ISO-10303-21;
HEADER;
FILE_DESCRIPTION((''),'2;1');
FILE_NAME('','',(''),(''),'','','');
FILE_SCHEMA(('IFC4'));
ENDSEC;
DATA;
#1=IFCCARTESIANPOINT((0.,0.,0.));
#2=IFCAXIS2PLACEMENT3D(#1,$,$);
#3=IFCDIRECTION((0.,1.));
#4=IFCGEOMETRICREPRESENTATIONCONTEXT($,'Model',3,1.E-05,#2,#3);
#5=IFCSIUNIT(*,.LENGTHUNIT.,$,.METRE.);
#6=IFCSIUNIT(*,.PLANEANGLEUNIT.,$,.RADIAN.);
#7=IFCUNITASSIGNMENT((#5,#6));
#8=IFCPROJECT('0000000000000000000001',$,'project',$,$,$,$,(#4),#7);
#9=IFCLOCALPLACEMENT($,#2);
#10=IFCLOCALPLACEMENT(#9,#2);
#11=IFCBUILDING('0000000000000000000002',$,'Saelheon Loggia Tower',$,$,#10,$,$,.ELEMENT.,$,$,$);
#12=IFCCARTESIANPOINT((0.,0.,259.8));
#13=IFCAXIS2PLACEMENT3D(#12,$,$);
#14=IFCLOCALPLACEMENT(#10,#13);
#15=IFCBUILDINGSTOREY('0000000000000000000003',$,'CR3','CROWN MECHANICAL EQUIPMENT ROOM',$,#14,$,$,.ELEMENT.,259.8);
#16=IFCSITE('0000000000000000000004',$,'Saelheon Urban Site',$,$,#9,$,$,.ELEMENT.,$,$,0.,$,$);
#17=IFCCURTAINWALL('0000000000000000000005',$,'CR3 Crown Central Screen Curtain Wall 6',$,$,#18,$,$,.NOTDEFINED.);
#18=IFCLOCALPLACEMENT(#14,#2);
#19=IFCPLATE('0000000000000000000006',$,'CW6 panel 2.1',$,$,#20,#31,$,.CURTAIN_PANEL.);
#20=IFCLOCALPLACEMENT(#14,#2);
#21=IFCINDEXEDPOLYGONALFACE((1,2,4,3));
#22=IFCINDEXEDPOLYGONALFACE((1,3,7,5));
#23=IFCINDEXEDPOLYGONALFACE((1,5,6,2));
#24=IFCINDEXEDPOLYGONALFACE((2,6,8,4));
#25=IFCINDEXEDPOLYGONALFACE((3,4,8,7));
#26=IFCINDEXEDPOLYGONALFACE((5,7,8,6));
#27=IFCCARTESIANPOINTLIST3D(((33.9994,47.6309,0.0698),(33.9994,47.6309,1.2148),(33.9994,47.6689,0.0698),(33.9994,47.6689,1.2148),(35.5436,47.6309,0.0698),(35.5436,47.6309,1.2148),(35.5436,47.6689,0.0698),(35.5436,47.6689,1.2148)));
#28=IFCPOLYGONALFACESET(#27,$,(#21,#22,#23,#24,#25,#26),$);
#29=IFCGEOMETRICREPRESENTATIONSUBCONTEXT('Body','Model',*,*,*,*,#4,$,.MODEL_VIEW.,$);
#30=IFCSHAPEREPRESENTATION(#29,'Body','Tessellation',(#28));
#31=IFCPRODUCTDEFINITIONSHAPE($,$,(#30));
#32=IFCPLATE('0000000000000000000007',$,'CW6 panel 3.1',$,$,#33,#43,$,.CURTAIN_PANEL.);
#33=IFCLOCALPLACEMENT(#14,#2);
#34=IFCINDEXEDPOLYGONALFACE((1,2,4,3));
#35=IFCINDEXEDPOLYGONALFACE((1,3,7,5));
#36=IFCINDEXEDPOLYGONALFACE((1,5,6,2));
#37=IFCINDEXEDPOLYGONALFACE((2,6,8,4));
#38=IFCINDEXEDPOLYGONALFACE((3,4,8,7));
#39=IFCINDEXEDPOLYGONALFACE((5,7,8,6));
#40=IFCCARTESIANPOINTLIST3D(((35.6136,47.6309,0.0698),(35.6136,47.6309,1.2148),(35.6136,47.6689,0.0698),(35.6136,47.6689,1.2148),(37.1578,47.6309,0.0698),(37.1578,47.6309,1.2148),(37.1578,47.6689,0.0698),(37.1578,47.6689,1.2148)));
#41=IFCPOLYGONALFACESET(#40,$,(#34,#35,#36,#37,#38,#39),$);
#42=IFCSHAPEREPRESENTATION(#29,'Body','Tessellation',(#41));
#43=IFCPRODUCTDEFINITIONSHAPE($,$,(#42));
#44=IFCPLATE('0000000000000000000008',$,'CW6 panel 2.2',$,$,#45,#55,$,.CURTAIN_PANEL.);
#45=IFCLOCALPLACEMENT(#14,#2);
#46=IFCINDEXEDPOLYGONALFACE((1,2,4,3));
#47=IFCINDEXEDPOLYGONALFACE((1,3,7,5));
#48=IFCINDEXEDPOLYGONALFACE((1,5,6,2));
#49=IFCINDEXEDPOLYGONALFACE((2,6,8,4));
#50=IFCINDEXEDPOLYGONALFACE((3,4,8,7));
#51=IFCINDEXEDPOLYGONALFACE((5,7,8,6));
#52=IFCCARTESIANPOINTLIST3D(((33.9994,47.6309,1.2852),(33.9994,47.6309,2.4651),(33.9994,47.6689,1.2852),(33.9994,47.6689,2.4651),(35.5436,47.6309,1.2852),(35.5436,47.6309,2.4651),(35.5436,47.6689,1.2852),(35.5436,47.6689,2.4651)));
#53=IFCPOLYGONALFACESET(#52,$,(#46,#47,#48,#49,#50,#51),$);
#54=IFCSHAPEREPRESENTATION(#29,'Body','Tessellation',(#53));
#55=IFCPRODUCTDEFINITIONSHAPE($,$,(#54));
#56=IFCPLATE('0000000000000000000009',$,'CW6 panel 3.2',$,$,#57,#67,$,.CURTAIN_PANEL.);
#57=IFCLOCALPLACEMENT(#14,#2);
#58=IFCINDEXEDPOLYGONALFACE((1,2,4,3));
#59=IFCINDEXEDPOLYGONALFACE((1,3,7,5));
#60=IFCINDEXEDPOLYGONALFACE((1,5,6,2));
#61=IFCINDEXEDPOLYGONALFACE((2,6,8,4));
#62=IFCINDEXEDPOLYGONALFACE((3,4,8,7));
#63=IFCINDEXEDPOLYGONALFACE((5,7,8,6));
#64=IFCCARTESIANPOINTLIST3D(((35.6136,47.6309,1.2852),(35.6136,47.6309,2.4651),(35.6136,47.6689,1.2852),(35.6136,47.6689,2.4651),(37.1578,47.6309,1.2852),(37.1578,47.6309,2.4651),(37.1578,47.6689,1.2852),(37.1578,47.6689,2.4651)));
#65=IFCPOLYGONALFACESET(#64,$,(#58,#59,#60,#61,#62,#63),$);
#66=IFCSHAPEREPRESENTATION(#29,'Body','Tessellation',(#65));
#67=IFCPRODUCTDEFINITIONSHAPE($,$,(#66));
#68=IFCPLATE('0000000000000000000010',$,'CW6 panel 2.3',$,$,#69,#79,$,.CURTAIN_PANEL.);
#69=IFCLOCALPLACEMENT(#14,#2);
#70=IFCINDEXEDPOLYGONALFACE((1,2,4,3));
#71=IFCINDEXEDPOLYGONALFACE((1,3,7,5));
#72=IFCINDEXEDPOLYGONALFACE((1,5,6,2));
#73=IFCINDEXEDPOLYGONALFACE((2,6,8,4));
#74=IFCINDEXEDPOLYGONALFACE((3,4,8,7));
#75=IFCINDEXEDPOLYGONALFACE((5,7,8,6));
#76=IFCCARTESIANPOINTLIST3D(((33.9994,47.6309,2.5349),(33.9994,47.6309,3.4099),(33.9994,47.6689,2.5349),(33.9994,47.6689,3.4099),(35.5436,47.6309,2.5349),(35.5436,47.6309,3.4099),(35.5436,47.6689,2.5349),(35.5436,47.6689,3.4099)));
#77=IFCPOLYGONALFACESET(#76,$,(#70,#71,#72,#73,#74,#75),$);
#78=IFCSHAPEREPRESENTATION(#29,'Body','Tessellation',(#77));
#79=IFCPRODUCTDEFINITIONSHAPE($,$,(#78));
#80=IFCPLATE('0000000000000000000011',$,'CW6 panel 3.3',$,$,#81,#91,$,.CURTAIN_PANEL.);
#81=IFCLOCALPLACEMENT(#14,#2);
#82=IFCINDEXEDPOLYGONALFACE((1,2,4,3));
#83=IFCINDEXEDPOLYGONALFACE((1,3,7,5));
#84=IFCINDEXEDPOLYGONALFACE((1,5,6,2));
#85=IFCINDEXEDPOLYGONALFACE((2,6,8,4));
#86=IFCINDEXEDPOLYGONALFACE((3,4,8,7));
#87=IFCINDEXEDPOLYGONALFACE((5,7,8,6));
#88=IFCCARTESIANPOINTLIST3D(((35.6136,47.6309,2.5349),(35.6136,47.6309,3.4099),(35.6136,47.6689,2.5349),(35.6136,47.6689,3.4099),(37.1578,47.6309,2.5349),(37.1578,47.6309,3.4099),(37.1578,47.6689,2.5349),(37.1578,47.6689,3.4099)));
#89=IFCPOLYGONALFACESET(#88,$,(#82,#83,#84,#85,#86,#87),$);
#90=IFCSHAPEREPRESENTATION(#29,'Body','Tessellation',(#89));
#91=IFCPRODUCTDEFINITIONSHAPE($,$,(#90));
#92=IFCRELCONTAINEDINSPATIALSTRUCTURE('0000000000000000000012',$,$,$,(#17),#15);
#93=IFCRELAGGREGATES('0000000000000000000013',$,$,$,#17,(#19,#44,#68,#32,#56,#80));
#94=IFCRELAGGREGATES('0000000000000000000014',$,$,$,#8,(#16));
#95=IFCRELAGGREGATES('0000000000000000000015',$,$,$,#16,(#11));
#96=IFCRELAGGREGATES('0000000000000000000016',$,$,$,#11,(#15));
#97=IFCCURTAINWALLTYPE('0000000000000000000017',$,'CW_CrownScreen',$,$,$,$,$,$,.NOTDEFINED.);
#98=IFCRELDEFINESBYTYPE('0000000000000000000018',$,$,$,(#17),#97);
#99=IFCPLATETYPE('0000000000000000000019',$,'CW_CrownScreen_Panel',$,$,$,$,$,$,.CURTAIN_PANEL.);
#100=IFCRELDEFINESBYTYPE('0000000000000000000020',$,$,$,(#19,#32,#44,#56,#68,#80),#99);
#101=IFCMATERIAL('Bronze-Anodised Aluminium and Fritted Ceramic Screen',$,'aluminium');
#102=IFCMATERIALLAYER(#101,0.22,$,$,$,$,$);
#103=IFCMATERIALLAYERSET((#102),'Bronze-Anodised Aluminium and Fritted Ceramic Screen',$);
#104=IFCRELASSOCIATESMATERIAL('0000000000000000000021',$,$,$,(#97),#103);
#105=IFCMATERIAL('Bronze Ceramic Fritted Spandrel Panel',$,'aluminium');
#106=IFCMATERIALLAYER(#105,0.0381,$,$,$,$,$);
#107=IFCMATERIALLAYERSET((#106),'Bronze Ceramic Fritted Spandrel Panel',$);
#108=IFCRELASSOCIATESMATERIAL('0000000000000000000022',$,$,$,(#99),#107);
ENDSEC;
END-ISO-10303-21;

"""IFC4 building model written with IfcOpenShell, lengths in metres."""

from ifc_helpers import new_model, si_unit, direction, frame, origin, origin_2d, place, context, subcontext, project, spatial, rectangle, extrude, source, transform, mapped, material, layer, layer_set, type_object, element, aggregate, save


model = new_model("IFC4")

# Units and contexts
model_context = context("Model", 3, precision=1e-05, world=origin(), true_north=direction((0.0, 1.0)))
body_context = subcontext(model_context, "Body", "Model", "MODEL_VIEW")
ifc_project = project(units=[si_unit("LENGTHUNIT", "METRE"), si_unit("PLANEANGLEUNIT", "RADIAN")], contexts=[model_context])

# Site, building, storey
site_placement = place(None, origin())
site = spatial("IfcSite", under=ifc_project, at=site_placement, Name="Saelheon Urban Site", CompositionType="ELEMENT", RefElevation=0.0)
building_placement = place(site_placement, origin())
building = spatial("IfcBuilding", under=site, at=building_placement, Name="Saelheon Loggia Tower", CompositionType="ELEMENT")
storey_placement = place(building_placement, frame((0.0, 0.0, 259.8)))
storey = spatial("IfcBuildingStorey", under=building, at=storey_placement, Name="CR3", Description="CROWN MECHANICAL EQUIPMENT ROOM", CompositionType="ELEMENT", Elevation=259.8)

# Curtain wall, plates
ifc_material_1 = material(Name="Bronze-Anodised Aluminium and Fritted Ceramic Screen", Category="aluminium")
ifc_layer_1 = layer(ifc_material_1, 0.22)
ifc_layer_set_1 = layer_set([ifc_layer_1], Name="Bronze-Anodised Aluminium and Fritted Ceramic Screen")
curtain_wall_type = type_object("IfcCurtainWallType", Name="CW_CrownScreen", PredefinedType="NOTDEFINED", material=ifc_layer_set_1)
curtain_wall_placement = place(storey_placement, origin())
curtain_wall = element("IfcCurtainWall", 1, at=curtain_wall_placement, inside=storey, type_object=curtain_wall_type, Name="CR3 Crown Central Screen Curtain Wall 6", PredefinedType="NOTDEFINED")
ifc_material_2 = material(Name="Bronze Ceramic Fritted Spandrel Panel", Category="aluminium")
ifc_layer_2 = layer(ifc_material_2, 0.0381)
ifc_layer_set_2 = layer_set([ifc_layer_2], Name="Bronze Ceramic Fritted Spandrel Panel")
plate_type = type_object("IfcPlateType", Name="CW_CrownScreen_Panel", PredefinedType="CURTAIN_PANEL", material=ifc_layer_set_2)
shared_shape_1 = source(origin(), body_context, "Body", "SweptSolid", [
    extrude(rectangle(XDim=1.5442, YDim=0.0381, at=origin_2d()), origin(), (0.0, 0.0, 1.0), 1.145),
])
plate_1_placement = place(storey_placement, frame((34.7715, 47.6499, 0.0698), z_axis=(0.0, 0.0, 1.0), x_axis=(1.0, 0.0, 0.0)))
plate_1 = element("IfcPlate", 2, at=plate_1_placement, type_object=plate_type, Name="CW6 panel 2.1", PredefinedType="CURTAIN_PANEL", context=body_context, shape_type="MappedRepresentation", body=[
    mapped(shared_shape_1, transform((0.0, 0.0, 0.0), scale=1.0)),
])
plate_2_placement = place(storey_placement, frame((36.3857, 47.6499, 0.0698), z_axis=(0.0, 0.0, 1.0), x_axis=(1.0, 0.0, 0.0)))
plate_2 = element("IfcPlate", 3, at=plate_2_placement, type_object=plate_type, Name="CW6 panel 3.1", PredefinedType="CURTAIN_PANEL", context=body_context, shape_type="MappedRepresentation", body=[
    mapped(shared_shape_1, transform((0.0, 0.0, 0.0), scale=1.0)),
])
shared_shape_2 = source(origin(), body_context, "Body", "SweptSolid", [
    extrude(rectangle(XDim=1.5442, YDim=0.0381, at=origin_2d()), origin(), (0.0, 0.0, 1.0), 1.1799),
])
plate_3_placement = place(storey_placement, frame((34.7715, 47.6499, 1.2852), z_axis=(0.0, 0.0, 1.0), x_axis=(1.0, 0.0, 0.0)))
plate_3 = element("IfcPlate", 4, at=plate_3_placement, type_object=plate_type, Name="CW6 panel 2.2", PredefinedType="CURTAIN_PANEL", context=body_context, shape_type="MappedRepresentation", body=[
    mapped(shared_shape_2, transform((0.0, 0.0, 0.0), scale=1.0)),
])
plate_4_placement = place(storey_placement, frame((36.3857, 47.6499, 1.2852), z_axis=(0.0, 0.0, 1.0), x_axis=(1.0, 0.0, 0.0)))
plate_4 = element("IfcPlate", 5, at=plate_4_placement, type_object=plate_type, Name="CW6 panel 3.2", PredefinedType="CURTAIN_PANEL", context=body_context, shape_type="MappedRepresentation", body=[
    mapped(shared_shape_2, transform((0.0, 0.0, 0.0), scale=1.0)),
])
shared_shape_3 = source(origin(), body_context, "Body", "SweptSolid", [
    extrude(rectangle(XDim=1.5442, YDim=0.0381, at=origin_2d()), origin(), (0.0, 0.0, 1.0), 0.875),
])
plate_5_placement = place(storey_placement, frame((34.7715, 47.6499, 2.5349), z_axis=(0.0, 0.0, 1.0), x_axis=(1.0, 0.0, 0.0)))
plate_5 = element("IfcPlate", 6, at=plate_5_placement, type_object=plate_type, Name="CW6 panel 2.3", PredefinedType="CURTAIN_PANEL", context=body_context, shape_type="MappedRepresentation", body=[
    mapped(shared_shape_3, transform((0.0, 0.0, 0.0), scale=1.0)),
])
plate_6_placement = place(storey_placement, frame((36.3857, 47.6499, 2.5349), z_axis=(0.0, 0.0, 1.0), x_axis=(1.0, 0.0, 0.0)))
plate_6 = element("IfcPlate", 7, at=plate_6_placement, type_object=plate_type, Name="CW6 panel 3.3", PredefinedType="CURTAIN_PANEL", context=body_context, shape_type="MappedRepresentation", body=[
    mapped(shared_shape_3, transform((0.0, 0.0, 0.0), scale=1.0)),
])
aggregate(curtain_wall, [plate_1, plate_3, plate_5, plate_2, plate_4, plate_6])

save(model, "model.ifc")
